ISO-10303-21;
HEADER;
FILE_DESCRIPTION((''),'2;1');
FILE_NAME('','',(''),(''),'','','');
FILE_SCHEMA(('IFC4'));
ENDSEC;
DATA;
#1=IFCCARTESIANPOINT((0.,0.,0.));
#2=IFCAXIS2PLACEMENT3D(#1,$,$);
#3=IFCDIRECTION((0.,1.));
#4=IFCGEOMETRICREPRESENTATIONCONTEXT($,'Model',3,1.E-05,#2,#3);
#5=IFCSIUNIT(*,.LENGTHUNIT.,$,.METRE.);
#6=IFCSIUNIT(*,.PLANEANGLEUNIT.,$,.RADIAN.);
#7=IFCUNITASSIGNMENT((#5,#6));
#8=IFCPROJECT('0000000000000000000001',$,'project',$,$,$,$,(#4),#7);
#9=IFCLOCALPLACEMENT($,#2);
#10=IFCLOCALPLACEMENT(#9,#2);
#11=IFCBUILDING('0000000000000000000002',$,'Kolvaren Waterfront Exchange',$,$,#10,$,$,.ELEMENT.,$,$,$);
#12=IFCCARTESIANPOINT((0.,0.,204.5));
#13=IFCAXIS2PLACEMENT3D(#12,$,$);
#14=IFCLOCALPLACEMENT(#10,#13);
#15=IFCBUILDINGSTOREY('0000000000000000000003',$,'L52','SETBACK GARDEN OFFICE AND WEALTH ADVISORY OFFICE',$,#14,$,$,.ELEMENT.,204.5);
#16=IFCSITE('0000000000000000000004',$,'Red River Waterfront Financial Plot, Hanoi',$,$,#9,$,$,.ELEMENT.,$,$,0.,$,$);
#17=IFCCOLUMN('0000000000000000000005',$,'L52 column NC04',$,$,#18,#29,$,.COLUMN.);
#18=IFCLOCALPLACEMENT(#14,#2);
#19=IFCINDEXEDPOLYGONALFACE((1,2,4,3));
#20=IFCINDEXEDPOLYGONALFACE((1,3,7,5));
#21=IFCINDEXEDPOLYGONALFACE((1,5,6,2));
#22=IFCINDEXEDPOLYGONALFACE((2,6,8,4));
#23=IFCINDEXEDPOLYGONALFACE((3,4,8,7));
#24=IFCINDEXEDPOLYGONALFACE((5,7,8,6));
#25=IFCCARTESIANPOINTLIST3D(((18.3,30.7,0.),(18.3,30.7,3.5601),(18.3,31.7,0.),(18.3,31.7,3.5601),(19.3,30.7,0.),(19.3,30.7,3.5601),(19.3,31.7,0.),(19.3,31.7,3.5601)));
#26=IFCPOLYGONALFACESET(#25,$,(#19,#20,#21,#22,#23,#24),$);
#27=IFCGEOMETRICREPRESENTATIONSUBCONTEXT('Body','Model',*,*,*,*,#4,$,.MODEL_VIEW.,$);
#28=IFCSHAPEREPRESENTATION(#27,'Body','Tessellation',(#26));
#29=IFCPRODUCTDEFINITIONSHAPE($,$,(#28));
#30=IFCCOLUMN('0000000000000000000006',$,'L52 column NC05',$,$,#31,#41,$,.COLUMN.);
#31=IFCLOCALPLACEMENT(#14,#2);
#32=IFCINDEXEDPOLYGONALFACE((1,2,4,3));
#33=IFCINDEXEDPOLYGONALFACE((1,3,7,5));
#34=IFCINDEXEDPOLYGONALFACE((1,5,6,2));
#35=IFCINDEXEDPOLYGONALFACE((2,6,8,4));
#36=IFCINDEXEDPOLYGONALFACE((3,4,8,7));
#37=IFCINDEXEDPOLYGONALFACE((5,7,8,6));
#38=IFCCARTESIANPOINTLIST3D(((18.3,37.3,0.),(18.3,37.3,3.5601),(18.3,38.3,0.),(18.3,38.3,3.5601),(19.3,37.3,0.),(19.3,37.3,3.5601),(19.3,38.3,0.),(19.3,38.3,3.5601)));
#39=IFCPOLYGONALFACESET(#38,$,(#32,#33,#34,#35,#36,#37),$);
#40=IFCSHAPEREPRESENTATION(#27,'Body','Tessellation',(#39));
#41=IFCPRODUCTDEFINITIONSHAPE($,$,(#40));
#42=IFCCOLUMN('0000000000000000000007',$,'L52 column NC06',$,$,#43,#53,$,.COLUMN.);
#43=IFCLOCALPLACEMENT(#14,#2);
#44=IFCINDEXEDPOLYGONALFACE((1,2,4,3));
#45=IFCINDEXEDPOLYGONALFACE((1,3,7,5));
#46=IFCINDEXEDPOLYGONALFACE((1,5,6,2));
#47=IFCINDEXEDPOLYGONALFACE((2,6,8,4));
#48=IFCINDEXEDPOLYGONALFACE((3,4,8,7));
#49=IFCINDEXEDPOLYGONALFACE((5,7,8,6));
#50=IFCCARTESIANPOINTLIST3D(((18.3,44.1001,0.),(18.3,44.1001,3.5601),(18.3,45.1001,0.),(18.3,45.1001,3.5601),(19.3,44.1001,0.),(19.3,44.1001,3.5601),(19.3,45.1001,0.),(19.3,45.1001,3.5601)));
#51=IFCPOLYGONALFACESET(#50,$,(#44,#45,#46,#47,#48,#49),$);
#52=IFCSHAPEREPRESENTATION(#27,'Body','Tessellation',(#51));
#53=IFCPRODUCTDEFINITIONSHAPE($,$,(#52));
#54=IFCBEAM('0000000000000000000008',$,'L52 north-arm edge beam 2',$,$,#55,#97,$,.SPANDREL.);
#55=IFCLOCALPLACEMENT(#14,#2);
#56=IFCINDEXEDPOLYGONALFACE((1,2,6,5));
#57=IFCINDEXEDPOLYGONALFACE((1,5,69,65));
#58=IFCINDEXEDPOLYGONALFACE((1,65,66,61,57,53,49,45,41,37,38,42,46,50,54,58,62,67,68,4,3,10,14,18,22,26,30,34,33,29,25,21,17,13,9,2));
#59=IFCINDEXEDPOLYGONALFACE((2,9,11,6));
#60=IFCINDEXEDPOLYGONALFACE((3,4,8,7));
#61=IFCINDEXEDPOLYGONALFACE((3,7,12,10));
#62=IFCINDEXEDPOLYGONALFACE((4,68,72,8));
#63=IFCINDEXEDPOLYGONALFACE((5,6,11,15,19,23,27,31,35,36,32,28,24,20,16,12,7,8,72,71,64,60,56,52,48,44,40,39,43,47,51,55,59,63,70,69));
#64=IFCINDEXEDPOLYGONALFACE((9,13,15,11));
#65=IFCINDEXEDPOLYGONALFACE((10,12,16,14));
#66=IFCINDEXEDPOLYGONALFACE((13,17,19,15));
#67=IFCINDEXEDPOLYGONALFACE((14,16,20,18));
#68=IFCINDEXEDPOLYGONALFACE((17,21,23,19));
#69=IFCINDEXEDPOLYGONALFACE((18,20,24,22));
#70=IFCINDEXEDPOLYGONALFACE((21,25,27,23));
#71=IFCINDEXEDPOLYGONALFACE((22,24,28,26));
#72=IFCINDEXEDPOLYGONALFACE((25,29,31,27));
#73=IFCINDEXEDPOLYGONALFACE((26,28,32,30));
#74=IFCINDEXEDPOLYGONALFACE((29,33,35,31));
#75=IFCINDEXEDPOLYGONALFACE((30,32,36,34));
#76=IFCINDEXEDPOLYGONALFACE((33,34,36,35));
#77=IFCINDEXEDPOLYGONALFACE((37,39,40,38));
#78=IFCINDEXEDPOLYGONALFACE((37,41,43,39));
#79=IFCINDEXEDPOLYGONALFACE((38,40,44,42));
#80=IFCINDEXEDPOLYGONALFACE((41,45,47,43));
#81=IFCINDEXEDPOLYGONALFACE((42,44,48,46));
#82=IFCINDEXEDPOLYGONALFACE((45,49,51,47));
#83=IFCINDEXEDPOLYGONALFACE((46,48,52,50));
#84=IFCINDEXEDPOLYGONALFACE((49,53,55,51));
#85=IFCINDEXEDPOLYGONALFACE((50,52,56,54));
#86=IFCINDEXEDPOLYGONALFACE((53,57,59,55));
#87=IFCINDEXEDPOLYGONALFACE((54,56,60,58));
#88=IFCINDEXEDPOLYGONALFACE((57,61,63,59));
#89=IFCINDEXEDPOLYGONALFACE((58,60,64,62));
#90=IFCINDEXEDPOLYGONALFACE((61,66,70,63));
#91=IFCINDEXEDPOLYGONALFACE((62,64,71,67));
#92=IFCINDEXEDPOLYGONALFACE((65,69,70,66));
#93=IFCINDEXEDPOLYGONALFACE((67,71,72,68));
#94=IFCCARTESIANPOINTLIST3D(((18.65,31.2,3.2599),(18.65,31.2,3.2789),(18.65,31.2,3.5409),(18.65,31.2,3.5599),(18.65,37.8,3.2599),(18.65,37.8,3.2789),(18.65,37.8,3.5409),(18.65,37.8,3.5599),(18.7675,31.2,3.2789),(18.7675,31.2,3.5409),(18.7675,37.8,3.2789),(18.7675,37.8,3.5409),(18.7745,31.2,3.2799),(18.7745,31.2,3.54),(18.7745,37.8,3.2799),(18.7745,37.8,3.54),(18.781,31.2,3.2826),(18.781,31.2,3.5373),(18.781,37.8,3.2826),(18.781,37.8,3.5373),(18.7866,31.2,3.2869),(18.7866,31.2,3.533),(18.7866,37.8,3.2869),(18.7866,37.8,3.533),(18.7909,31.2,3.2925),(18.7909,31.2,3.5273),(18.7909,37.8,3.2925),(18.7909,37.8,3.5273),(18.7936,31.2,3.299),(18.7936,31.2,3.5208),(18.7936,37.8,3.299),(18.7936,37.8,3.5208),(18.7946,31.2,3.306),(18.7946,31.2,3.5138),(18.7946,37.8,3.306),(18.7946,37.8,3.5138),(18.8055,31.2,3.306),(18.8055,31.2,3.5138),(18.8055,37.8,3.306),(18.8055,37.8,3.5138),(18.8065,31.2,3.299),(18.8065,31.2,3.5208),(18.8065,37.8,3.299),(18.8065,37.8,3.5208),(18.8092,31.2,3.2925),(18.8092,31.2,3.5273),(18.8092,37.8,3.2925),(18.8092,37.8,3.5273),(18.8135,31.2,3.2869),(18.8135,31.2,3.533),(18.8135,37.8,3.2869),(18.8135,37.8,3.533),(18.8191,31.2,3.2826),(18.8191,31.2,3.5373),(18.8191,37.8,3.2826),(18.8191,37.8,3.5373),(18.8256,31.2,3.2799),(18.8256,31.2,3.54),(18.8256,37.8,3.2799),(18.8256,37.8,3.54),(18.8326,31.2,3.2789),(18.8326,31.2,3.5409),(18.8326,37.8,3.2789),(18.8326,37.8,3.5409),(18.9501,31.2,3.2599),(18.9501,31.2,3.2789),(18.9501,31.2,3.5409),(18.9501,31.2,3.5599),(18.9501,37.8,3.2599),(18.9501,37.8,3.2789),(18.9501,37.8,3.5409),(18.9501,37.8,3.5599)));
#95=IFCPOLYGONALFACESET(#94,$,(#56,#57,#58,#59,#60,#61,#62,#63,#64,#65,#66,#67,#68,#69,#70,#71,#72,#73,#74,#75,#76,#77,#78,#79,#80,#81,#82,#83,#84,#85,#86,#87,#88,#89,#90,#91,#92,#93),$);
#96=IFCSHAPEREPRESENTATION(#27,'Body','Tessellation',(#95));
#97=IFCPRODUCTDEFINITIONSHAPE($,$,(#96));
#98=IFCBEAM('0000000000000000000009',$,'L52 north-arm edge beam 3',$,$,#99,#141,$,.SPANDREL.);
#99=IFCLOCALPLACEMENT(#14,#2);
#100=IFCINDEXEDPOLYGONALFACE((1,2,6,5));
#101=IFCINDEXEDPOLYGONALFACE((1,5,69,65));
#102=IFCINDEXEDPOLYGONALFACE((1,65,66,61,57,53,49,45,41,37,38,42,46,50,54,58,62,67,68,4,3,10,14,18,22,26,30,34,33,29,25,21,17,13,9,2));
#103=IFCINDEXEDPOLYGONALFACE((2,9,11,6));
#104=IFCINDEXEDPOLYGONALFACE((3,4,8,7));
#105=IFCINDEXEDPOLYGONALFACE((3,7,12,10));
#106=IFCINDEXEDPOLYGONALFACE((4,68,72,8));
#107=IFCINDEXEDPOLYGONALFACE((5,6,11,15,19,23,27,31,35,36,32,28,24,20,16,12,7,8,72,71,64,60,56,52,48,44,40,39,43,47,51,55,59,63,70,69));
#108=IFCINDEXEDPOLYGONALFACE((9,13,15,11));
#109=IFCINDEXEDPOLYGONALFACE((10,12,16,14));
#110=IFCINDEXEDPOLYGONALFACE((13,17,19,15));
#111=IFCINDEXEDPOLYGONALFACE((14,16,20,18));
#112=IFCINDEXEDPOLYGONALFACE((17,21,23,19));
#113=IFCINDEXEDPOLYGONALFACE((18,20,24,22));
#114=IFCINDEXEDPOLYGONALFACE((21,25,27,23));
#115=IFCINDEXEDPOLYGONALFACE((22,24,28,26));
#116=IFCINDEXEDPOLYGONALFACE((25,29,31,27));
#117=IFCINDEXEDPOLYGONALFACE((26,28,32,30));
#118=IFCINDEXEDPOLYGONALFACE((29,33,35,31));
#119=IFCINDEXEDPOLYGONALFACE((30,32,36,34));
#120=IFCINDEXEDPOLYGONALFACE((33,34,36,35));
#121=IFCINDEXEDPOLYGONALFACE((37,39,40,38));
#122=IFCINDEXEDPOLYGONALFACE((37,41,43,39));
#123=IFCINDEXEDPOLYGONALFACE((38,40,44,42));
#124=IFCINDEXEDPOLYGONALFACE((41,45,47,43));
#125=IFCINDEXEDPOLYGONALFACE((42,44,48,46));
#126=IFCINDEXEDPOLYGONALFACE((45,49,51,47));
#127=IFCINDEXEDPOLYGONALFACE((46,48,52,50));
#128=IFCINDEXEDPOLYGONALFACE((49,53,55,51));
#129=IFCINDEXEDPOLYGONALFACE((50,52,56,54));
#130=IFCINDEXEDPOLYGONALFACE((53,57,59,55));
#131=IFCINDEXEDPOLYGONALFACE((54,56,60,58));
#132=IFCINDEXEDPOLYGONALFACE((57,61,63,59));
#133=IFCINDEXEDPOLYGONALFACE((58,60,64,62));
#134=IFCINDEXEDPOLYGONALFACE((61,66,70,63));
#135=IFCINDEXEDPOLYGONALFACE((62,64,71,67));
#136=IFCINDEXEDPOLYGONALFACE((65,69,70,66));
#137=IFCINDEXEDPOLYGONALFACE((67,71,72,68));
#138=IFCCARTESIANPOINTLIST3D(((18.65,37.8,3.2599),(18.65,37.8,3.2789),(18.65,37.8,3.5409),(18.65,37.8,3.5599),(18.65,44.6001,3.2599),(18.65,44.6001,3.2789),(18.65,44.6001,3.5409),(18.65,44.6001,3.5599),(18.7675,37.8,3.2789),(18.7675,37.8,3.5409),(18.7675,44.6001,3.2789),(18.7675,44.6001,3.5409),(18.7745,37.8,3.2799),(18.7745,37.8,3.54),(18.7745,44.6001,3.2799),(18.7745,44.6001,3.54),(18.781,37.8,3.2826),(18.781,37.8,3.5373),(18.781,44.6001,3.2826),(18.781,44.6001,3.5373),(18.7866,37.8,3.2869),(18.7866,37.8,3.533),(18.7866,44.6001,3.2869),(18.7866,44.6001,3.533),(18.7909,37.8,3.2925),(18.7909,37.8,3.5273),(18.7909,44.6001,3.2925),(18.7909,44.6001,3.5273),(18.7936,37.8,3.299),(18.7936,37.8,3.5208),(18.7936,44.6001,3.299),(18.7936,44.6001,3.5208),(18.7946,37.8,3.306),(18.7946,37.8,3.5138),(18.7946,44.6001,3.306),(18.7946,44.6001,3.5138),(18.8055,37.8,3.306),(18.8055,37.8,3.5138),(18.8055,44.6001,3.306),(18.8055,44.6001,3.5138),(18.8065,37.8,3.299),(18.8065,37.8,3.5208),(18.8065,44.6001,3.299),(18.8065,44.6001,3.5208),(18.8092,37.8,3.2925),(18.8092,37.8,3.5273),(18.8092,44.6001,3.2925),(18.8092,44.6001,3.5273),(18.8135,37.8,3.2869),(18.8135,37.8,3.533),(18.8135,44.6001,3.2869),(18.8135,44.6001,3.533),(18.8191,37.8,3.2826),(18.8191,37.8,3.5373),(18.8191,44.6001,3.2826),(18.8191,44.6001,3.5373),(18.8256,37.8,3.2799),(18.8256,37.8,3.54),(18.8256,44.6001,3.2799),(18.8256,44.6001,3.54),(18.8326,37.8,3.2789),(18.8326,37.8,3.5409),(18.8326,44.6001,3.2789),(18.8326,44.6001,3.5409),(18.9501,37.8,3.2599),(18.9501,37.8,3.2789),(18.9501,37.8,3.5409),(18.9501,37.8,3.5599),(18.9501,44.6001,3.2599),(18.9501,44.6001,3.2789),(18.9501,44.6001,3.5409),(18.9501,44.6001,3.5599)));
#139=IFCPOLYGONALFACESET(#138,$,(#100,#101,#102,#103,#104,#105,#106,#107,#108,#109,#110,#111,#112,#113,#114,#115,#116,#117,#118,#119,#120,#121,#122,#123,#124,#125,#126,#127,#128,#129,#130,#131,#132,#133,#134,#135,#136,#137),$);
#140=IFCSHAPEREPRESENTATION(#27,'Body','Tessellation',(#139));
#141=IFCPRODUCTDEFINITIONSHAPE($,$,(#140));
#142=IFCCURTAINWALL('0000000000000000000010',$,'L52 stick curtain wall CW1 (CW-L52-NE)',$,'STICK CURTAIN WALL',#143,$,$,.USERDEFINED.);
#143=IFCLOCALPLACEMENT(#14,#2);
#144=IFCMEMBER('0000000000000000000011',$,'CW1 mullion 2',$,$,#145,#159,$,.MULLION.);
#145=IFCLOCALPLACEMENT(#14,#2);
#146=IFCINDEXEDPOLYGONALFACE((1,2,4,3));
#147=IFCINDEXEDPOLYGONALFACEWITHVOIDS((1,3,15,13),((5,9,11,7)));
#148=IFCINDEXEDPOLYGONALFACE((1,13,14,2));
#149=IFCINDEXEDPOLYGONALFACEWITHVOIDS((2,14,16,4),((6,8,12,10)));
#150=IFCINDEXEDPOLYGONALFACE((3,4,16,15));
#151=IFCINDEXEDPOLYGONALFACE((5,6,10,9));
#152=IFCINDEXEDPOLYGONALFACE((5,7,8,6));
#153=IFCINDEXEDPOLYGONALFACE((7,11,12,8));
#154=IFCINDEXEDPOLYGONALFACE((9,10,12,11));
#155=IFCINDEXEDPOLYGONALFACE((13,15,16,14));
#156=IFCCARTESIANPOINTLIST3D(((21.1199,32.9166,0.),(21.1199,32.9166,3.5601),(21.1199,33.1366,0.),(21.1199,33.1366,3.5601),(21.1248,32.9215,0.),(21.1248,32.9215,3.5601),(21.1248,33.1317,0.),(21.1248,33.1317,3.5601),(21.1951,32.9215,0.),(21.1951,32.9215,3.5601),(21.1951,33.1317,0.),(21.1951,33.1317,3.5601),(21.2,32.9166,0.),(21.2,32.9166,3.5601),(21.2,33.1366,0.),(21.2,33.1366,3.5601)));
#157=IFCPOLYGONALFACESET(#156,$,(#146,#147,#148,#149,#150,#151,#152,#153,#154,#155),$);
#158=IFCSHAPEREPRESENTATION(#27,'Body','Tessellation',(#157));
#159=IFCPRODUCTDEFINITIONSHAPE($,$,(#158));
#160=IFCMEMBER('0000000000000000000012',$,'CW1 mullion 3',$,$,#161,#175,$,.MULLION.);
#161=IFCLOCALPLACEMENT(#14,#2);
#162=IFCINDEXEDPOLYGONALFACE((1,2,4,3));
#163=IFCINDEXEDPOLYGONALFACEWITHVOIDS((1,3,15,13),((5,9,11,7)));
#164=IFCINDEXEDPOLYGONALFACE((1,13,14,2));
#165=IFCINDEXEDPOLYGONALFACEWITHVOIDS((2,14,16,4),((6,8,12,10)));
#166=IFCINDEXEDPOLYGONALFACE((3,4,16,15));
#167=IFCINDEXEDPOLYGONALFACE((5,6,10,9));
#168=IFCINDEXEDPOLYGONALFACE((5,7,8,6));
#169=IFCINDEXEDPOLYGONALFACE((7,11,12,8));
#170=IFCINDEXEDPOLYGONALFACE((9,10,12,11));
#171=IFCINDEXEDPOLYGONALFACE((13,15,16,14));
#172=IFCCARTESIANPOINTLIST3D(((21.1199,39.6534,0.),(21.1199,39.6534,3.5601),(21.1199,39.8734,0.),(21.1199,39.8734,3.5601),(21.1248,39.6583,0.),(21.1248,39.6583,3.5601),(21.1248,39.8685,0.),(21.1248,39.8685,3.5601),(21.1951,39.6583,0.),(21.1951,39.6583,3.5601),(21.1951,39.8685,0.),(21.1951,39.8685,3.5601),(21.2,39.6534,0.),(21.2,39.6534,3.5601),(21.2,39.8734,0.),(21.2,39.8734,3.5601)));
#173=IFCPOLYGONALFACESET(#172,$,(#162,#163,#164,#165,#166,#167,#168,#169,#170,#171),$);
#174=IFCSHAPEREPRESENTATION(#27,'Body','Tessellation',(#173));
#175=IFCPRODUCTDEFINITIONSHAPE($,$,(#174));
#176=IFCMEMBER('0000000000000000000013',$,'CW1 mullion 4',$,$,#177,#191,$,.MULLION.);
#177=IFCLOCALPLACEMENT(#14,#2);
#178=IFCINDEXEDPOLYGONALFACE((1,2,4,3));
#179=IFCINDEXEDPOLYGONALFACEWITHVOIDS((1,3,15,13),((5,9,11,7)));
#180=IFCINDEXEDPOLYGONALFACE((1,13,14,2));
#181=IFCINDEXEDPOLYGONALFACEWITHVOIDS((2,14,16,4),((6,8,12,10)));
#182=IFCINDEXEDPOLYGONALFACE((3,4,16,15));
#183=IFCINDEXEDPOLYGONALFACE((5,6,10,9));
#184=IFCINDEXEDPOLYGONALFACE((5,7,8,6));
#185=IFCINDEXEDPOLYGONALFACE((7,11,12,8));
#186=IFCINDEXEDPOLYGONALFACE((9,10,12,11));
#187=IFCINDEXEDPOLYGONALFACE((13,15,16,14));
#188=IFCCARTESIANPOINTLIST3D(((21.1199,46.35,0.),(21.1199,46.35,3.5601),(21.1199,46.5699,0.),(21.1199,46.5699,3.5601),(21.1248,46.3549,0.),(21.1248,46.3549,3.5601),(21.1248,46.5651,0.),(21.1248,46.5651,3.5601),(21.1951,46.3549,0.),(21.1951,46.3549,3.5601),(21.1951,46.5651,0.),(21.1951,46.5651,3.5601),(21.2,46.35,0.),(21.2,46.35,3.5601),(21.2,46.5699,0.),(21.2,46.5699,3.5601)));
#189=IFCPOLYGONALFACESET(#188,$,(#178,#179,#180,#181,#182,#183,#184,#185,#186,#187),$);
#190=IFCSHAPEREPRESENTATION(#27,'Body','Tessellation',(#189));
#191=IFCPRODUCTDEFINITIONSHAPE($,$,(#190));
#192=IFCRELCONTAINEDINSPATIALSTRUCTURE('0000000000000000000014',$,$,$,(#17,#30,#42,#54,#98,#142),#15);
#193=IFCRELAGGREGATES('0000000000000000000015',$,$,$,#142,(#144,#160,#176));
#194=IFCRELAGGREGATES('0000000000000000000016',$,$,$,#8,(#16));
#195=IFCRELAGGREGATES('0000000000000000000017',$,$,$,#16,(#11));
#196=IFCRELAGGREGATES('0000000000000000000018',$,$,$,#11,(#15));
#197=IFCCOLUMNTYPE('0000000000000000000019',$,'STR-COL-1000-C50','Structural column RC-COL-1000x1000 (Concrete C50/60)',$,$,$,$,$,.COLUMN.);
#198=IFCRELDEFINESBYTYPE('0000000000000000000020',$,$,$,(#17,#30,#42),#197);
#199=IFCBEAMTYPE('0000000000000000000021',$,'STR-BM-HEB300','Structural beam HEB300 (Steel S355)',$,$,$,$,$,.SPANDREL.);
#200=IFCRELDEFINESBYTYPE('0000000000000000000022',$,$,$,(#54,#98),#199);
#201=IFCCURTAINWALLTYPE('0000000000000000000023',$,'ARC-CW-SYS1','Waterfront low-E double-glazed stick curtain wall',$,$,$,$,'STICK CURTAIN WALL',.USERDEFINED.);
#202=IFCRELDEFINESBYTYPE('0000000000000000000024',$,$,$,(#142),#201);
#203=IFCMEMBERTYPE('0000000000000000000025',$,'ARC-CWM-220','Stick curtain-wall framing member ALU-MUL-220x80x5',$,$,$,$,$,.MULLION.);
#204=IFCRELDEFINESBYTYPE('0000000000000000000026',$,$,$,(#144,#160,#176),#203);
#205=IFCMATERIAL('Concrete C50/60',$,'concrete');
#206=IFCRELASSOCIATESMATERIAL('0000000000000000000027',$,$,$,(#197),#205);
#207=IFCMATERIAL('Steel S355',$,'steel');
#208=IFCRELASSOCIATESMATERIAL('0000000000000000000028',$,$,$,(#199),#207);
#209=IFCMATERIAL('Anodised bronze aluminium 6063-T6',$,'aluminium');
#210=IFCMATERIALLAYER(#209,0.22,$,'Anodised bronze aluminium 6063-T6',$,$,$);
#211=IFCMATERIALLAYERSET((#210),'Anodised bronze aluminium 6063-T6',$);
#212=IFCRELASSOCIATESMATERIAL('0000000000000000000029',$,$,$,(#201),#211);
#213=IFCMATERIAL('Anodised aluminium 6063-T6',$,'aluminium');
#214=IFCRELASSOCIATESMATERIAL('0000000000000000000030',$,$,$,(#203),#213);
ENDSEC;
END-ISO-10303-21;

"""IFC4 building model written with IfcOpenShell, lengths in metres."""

from ifc_helpers import new_model, si_unit, direction, frame, origin, origin_with_axes, origin_2d, place, context, subcontext, project, spatial, rectangle, hollow_rectangle, i_section, extrude, source, transform, mapped, material, layer, layer_set, material_profile, profile_set, type_object, element, aggregate, save


model = new_model("IFC4")

# Units and contexts
model_context = context("Model", 3, precision=1e-05, world=origin(), true_north=direction((0.0, 1.0)))
body_context = subcontext(model_context, "Body", "Model", "MODEL_VIEW")
ifc_project = project(units=[si_unit("LENGTHUNIT", "METRE"), si_unit("PLANEANGLEUNIT", "RADIAN")], contexts=[model_context])

# Site, building, storey
site_placement = place(None, origin())
site = spatial("IfcSite", under=ifc_project, at=site_placement, Name="Red River Waterfront Financial Plot, Hanoi", CompositionType="ELEMENT", RefElevation=0.0)
building_placement = place(site_placement, origin())
building = spatial("IfcBuilding", under=site, at=building_placement, Name="Kolvaren Waterfront Exchange", CompositionType="ELEMENT")
storey_placement = place(building_placement, frame((0.0, 0.0, 204.5)))
storey = spatial("IfcBuildingStorey", under=building, at=storey_placement, Name="L52", Description="SETBACK GARDEN OFFICE AND WEALTH ADVISORY OFFICE", CompositionType="ELEMENT", Elevation=204.5)

# Columns
ifc_material_1 = material(Name="Concrete C50/60", Category="concrete")
ifc_material_profile_1 = material_profile(ifc_material_1, rectangle(XDim=1.0, YDim=1.0, at=origin_2d()), Name="RC-COL-1000x1000")
ifc_profile_set_1 = profile_set([ifc_material_profile_1], Name="Concrete C50/60")
column_type = type_object("IfcColumnType", Name="STR-COL-1000-C50", Description="Structural column RC-COL-1000x1000 (Concrete C50/60)", PredefinedType="COLUMN", material=ifc_profile_set_1)
for number, where, z_axis, x_axis, name in (
    (1, (18.8, 31.2, 0.0), (0.0, 0.0, 1.0), (1.0, 0.0, 0.0), "L52 column NC04"),
    (2, (18.8, 37.8, 0.0), (0.0, 0.0, 1.0), (1.0, 0.0, 0.0), "L52 column NC05"),
    (3, (18.8, 44.6001, 0.0), (0.0, 0.0, 1.0), (1.0, 0.0, 0.0), "L52 column NC06"),
):
    element("IfcColumn", number, at=place(storey_placement, frame(where, z_axis=z_axis, x_axis=x_axis)), inside=storey, type_object=column_type, Name=name, PredefinedType="COLUMN", context=body_context, shape_type="SweptSolid", body=[
        extrude(rectangle(XDim=1.0, YDim=1.0, at=origin_2d()), origin(), (0.0, 0.0, 1.0), 3.5601),
    ])

# Beams
ifc_material_2 = material(Name="Steel S355", Category="steel")
ifc_material_profile_2 = material_profile(ifc_material_2, i_section(OverallWidth=0.3, OverallDepth=0.3, WebThickness=0.011, FlangeThickness=0.019, FilletRadius=0.0271, at=origin_2d()), Name="HEB300")
ifc_profile_set_2 = profile_set([ifc_material_profile_2], Name="Steel S355")
beam_type = type_object("IfcBeamType", Name="STR-BM-HEB300", Description="Structural beam HEB300 (Steel S355)", PredefinedType="SPANDREL", material=ifc_profile_set_2)
beam_1_placement = place(storey_placement, frame((18.8, 31.2, 3.4099), z_axis=(0.0, 1.0, 0.0), x_axis=(-1.0, 0.0, 0.0)))
element("IfcBeam", 4, at=beam_1_placement, inside=storey, type_object=beam_type, Name="L52 north-arm edge beam 2", PredefinedType="SPANDREL", context=body_context, shape_type="SweptSolid", body=[
    extrude(i_section(OverallWidth=0.3, OverallDepth=0.3, WebThickness=0.011, FlangeThickness=0.019, FilletRadius=0.0271, at=origin_2d()), origin(), (0.0, 0.0, 1.0), 6.6001),
])
beam_2_placement = place(storey_placement, frame((18.8, 37.8, 3.4099), z_axis=(0.0, 1.0, 0.0), x_axis=(-1.0, 0.0, 0.0)))
element("IfcBeam", 5, at=beam_2_placement, inside=storey, type_object=beam_type, Name="L52 north-arm edge beam 3", PredefinedType="SPANDREL", context=body_context, shape_type="SweptSolid", body=[
    extrude(i_section(OverallWidth=0.3, OverallDepth=0.3, WebThickness=0.011, FlangeThickness=0.019, FilletRadius=0.0271, at=origin_2d()), origin(), (0.0, 0.0, 1.0), 6.8),
])

# Curtain wall, members
ifc_material_3 = material(Name="Anodised bronze aluminium 6063-T6", Category="aluminium")
ifc_layer_1 = layer(ifc_material_3, 0.22, Name="Anodised bronze aluminium 6063-T6")
ifc_layer_set_1 = layer_set([ifc_layer_1], Name="Anodised bronze aluminium 6063-T6")
curtain_wall_type = type_object("IfcCurtainWallType", Name="ARC-CW-SYS1", Description="Waterfront low-E double-glazed stick curtain wall", ElementType="STICK CURTAIN WALL", PredefinedType="USERDEFINED", material=ifc_layer_set_1)
curtain_wall_placement = place(storey_placement, origin())
curtain_wall = element("IfcCurtainWall", 6, at=curtain_wall_placement, inside=storey, type_object=curtain_wall_type, Name="L52 stick curtain wall CW1 (CW-L52-NE)", ObjectType="STICK CURTAIN WALL", PredefinedType="USERDEFINED")
ifc_material_4 = material(Name="Anodised aluminium 6063-T6", Category="aluminium")
ifc_material_profile_3 = material_profile(ifc_material_4, hollow_rectangle(XDim=0.0801, YDim=0.22, WallThickness=0.0049, at=origin_2d()), Name="ALU-MUL-220x80x5")
ifc_profile_set_3 = profile_set([ifc_material_profile_3], Name="Anodised aluminium 6063-T6")
member_type_1 = type_object("IfcMemberType", Name="ARC-CWM-220", Description="Stick curtain-wall framing member ALU-MUL-220x80x5", PredefinedType="MULLION", material=ifc_profile_set_3)
shared_shape_1 = source(origin_with_axes(), body_context, "Body", "SweptSolid", [
    extrude(hollow_rectangle(XDim=0.0801, YDim=0.22, WallThickness=0.0049, at=origin_2d()), origin(), (0.0, 0.0, 1.0), 3.5601),
])
member_1_placement = place(storey_placement, frame((21.1599, 33.0266, 0.0), z_axis=(0.0, 0.0, 1.0), x_axis=(-1.0, 0.0, 0.0)))
member_1 = element("IfcMember", 7, at=member_1_placement, type_object=member_type_1, Name="CW1 mullion 2", PredefinedType="MULLION", context=body_context, shape_type="MappedRepresentation", body=[
    mapped(shared_shape_1, transform((0.0, 0.0, 0.0), x_axis=(1.0, 0.0, 0.0), y_axis=(0.0, 1.0, 0.0), z_axis=(0.0, 0.0, 1.0), scale=1.0)),
])
member_2_placement = place(storey_placement, frame((21.1599, 39.7634, 0.0), z_axis=(0.0, 0.0, 1.0), x_axis=(-1.0, 0.0, 0.0)))
member_2 = element("IfcMember", 8, at=member_2_placement, type_object=member_type_1, Name="CW1 mullion 3", PredefinedType="MULLION", context=body_context, shape_type="MappedRepresentation", body=[
    mapped(shared_shape_1, transform((0.0, 0.0, 0.0), x_axis=(1.0, 0.0, 0.0), y_axis=(0.0, 1.0, 0.0), z_axis=(0.0, 0.0, 1.0), scale=1.0)),
])
member_3_placement = place(storey_placement, frame((21.1599, 46.46, 0.0), z_axis=(0.0, 0.0, 1.0), x_axis=(-1.0, 0.0, 0.0)))
member_3 = element("IfcMember", 9, at=member_3_placement, type_object=member_type_1, Name="CW1 mullion 4", PredefinedType="MULLION", context=body_context, shape_type="MappedRepresentation", body=[
    mapped(shared_shape_1, transform((0.0, 0.0, 0.0), x_axis=(1.0, 0.0, 0.0), y_axis=(0.0, 1.0, 0.0), z_axis=(0.0, 0.0, 1.0), scale=1.0)),
])
aggregate(curtain_wall, [member_1, member_2, member_3])

save(model, "model.ifc")
